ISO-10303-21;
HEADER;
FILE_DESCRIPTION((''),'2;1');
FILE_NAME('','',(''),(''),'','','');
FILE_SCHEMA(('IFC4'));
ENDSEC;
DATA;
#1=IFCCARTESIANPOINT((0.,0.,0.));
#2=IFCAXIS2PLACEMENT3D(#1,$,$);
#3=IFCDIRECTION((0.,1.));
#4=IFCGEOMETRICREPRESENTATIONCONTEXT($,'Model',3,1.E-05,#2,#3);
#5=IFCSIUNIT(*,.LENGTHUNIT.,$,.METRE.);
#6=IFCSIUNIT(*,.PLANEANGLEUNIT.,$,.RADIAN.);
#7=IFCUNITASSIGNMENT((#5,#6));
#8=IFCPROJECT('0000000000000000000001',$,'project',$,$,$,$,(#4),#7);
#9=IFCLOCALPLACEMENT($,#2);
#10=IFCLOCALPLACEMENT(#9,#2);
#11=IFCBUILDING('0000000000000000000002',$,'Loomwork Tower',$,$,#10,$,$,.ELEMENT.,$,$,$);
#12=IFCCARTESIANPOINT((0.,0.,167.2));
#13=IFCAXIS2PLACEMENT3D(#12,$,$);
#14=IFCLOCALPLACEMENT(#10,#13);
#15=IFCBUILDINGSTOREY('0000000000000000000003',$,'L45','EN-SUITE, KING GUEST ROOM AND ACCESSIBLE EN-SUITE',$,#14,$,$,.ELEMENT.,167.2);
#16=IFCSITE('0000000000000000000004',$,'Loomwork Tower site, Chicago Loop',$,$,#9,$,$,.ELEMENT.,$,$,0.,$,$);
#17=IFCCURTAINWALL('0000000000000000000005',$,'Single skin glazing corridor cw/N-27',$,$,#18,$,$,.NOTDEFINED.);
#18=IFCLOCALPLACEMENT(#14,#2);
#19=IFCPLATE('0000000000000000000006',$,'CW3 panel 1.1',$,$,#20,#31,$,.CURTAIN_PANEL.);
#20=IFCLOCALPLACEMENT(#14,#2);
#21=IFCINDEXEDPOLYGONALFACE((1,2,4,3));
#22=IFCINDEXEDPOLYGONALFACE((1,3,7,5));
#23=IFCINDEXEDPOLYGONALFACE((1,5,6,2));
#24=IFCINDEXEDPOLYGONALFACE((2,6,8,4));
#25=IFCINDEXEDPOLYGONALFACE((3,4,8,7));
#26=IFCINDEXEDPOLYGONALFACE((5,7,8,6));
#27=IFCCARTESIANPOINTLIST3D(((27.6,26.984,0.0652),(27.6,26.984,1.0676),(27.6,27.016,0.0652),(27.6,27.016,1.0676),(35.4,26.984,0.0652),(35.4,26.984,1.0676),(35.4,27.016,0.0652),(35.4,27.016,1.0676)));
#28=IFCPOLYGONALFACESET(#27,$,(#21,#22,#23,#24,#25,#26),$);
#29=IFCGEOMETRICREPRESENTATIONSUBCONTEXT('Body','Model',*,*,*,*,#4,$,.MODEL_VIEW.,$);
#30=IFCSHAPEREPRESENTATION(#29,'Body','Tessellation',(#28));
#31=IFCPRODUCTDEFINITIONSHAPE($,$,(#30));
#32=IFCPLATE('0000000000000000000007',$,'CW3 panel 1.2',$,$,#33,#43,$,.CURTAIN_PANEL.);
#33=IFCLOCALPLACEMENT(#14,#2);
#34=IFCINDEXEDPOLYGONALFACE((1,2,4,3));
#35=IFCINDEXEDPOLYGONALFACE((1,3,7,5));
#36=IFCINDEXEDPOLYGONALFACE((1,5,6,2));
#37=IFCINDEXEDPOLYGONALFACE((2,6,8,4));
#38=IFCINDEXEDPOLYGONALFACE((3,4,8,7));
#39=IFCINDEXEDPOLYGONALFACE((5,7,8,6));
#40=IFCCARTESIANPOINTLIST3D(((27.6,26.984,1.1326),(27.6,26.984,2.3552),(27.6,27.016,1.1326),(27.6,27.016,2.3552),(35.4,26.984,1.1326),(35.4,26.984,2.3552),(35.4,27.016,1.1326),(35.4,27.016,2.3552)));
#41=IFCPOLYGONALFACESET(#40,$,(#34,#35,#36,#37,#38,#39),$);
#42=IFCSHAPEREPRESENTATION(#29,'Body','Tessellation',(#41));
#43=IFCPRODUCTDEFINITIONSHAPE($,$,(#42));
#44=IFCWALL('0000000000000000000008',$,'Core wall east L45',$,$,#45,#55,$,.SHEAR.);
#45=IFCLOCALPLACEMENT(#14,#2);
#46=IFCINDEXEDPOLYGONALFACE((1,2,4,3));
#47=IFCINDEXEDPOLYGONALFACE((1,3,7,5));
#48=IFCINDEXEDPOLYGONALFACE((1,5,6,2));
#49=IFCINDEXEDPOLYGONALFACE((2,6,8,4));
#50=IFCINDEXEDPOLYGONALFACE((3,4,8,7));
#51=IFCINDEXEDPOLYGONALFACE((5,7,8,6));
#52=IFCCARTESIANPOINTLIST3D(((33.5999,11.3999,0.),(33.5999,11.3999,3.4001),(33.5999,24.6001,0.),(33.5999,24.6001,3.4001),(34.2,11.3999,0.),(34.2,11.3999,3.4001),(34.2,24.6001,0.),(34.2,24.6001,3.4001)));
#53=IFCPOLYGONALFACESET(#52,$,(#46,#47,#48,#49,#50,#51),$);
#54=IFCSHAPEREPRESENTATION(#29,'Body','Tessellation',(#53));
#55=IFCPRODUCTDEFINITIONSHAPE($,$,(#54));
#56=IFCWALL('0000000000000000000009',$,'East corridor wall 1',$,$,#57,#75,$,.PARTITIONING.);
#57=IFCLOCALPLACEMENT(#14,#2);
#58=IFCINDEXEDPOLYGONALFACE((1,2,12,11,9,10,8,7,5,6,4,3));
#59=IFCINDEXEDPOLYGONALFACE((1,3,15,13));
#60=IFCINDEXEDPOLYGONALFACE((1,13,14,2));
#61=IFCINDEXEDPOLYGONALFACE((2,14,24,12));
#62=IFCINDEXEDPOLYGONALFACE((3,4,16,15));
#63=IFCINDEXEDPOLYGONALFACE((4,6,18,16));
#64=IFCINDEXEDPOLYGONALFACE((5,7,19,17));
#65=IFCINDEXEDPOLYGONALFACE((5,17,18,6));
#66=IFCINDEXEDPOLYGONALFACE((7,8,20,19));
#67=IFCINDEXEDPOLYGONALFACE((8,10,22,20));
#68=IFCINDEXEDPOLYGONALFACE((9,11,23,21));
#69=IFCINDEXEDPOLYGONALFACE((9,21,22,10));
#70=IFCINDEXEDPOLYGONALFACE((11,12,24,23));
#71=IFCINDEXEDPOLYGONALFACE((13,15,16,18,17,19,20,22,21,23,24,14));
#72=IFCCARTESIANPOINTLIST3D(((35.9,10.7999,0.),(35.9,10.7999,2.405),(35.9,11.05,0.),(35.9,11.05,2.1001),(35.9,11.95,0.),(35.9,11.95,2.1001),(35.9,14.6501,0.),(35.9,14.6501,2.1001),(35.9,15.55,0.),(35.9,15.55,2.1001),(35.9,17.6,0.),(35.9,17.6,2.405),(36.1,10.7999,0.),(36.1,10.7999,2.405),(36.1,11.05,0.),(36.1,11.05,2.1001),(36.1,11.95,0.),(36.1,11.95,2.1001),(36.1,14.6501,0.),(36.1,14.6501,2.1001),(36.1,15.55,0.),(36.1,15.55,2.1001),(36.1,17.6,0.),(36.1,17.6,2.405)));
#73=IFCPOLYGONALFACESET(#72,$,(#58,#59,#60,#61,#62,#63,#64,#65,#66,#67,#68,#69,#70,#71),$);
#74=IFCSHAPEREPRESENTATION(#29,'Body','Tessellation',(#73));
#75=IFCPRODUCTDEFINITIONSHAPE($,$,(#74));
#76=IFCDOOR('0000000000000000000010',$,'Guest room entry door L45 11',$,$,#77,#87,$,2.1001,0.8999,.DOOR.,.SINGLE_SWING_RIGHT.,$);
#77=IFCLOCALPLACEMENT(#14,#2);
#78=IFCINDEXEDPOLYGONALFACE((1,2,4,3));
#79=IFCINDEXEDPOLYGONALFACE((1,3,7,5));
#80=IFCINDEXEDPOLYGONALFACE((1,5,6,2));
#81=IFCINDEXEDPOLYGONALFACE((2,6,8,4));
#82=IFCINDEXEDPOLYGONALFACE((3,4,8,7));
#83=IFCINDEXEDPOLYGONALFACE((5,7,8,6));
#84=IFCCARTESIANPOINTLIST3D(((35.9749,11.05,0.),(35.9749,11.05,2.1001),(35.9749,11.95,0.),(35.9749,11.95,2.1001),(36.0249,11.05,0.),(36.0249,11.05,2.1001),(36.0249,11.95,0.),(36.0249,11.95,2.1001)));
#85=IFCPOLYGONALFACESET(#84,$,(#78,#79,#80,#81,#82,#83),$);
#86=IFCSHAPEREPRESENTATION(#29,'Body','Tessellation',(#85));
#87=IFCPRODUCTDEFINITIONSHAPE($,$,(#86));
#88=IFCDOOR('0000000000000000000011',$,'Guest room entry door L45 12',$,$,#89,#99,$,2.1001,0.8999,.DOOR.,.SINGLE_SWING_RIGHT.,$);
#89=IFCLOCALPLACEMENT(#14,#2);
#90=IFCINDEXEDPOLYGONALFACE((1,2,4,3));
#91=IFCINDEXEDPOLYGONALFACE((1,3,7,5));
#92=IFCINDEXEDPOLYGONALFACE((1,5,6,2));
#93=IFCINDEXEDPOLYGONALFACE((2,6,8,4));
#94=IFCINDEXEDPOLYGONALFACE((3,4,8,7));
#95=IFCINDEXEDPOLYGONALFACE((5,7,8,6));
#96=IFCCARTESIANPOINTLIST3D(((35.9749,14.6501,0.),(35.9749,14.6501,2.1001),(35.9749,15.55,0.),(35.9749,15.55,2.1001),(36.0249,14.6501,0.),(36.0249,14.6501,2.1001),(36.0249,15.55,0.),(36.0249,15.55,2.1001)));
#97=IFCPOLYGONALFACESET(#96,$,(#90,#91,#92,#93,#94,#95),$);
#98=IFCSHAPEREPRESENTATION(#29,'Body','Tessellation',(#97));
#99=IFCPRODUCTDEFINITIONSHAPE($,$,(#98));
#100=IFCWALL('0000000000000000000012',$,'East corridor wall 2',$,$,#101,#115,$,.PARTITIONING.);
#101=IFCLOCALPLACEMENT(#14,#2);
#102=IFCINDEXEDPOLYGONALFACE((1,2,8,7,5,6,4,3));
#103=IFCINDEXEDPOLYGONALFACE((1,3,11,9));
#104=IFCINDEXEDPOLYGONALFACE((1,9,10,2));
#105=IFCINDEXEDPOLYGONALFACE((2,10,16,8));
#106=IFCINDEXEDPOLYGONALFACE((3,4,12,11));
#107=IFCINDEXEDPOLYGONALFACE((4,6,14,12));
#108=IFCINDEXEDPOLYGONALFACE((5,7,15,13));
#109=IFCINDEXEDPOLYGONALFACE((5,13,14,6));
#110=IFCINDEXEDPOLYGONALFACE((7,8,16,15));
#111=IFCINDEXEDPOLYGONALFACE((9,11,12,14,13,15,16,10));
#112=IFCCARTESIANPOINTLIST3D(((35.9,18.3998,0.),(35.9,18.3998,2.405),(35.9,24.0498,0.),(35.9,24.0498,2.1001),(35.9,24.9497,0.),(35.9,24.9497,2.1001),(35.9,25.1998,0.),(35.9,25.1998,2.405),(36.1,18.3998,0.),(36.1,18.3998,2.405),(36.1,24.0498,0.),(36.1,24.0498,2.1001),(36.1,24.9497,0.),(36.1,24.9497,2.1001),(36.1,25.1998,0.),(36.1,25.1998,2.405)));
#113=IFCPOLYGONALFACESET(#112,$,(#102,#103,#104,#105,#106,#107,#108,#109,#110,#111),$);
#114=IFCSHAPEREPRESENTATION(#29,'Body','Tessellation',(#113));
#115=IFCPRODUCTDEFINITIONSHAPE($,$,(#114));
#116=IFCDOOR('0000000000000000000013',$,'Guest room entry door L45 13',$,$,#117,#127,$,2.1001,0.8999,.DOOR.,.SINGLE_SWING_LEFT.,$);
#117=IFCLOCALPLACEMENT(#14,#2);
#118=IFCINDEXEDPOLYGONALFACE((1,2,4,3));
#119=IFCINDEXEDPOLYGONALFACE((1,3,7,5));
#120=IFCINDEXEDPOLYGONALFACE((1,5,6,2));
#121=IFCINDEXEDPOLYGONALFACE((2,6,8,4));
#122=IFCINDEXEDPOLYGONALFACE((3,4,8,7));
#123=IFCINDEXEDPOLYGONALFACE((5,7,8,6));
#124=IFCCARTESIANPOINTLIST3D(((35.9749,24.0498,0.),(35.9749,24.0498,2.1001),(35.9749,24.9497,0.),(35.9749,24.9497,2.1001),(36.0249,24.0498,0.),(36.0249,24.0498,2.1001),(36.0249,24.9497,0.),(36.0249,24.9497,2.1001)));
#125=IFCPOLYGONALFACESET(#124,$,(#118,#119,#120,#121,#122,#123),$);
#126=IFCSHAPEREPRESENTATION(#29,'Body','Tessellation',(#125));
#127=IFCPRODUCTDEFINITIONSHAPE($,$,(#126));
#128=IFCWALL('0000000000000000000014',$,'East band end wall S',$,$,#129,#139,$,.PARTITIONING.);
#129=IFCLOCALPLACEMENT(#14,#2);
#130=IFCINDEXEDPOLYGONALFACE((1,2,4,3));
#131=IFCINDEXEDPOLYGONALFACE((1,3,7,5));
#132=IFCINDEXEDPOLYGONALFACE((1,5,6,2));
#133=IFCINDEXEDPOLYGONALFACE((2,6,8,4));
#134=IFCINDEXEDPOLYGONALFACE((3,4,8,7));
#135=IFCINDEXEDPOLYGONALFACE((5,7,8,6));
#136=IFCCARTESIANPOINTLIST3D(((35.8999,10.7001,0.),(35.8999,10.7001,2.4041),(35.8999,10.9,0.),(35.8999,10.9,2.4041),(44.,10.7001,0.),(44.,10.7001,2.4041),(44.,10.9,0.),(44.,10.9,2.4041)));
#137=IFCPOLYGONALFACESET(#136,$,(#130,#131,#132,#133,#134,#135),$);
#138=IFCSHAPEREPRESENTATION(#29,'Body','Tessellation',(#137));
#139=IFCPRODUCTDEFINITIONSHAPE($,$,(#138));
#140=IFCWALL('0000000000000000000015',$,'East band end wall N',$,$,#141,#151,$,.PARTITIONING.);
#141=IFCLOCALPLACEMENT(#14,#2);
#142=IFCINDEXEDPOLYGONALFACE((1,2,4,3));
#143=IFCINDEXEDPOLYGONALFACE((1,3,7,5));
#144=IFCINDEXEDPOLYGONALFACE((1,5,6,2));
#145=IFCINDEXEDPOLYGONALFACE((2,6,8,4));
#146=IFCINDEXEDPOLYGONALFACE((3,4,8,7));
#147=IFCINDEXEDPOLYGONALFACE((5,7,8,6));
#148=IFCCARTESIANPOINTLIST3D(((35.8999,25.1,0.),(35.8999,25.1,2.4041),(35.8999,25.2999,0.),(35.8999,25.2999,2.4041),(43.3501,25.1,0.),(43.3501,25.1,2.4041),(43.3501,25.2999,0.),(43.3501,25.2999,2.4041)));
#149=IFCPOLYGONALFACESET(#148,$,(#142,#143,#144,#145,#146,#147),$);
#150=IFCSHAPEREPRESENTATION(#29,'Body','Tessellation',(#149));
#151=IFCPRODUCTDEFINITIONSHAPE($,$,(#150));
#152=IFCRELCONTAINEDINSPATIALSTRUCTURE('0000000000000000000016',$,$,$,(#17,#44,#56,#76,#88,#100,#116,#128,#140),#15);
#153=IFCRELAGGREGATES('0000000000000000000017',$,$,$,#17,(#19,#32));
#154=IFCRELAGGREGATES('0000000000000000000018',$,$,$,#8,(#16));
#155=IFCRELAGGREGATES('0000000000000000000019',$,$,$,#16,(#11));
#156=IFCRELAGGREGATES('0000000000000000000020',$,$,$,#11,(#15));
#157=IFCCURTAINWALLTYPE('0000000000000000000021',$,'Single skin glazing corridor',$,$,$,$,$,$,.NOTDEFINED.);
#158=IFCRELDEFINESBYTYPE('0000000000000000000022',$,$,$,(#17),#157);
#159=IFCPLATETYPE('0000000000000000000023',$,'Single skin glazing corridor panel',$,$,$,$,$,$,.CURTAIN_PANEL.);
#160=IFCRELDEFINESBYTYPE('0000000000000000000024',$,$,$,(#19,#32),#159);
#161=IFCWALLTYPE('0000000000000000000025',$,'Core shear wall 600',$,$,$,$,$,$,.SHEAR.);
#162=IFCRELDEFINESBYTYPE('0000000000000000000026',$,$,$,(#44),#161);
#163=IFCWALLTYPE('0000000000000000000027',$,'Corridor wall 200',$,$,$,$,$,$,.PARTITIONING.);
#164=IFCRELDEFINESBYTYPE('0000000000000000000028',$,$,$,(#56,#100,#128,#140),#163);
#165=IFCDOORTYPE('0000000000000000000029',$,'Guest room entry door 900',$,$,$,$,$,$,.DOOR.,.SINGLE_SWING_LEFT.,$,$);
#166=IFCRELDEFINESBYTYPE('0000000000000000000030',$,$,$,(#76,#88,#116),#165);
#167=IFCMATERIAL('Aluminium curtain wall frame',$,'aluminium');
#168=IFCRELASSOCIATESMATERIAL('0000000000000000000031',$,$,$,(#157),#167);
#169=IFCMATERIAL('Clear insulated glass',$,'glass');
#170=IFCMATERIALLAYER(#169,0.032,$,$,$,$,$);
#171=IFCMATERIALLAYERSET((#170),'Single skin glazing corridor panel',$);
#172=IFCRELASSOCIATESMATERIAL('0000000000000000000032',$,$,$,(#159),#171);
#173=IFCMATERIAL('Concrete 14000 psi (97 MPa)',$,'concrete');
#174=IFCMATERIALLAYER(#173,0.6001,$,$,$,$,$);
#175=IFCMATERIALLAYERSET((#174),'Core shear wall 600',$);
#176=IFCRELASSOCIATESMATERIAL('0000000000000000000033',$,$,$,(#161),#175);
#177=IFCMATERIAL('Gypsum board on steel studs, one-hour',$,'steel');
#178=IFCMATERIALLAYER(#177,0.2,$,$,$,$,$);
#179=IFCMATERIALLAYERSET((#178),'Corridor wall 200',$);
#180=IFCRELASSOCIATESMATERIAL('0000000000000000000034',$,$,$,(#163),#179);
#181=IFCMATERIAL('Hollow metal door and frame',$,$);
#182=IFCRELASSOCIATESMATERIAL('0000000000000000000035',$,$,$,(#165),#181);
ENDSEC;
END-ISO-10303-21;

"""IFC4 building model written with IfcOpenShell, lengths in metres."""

from ifc_helpers import new_model, si_unit, direction, frame, frame_2d, origin, origin_2d, place, context, subcontext, project, spatial, rectangle, extrude, material, layer, layer_set, type_object, element, fill, aggregate, save


model = new_model("IFC4")

# Units and contexts
model_context = context("Model", 3, precision=1e-05, world=origin(), true_north=direction((0.0, 1.0)))
body_context = subcontext(model_context, "Body", "Model", "MODEL_VIEW")
ifc_project = project(units=[si_unit("LENGTHUNIT", "METRE"), si_unit("PLANEANGLEUNIT", "RADIAN")], contexts=[model_context])

# Site, building, storey
site_placement = place(None, origin())
site = spatial("IfcSite", under=ifc_project, at=site_placement, Name="Loomwork Tower site, Chicago Loop", CompositionType="ELEMENT", RefElevation=0.0)
building_placement = place(site_placement, origin())
building = spatial("IfcBuilding", under=site, at=building_placement, Name="Loomwork Tower", CompositionType="ELEMENT")
storey_placement = place(building_placement, frame((0.0, 0.0, 167.2)))
storey = spatial("IfcBuildingStorey", under=building, at=storey_placement, Name="L45", Description="EN-SUITE, KING GUEST ROOM AND ACCESSIBLE EN-SUITE", CompositionType="ELEMENT", Elevation=167.2)

# Curtain wall, plates
ifc_material_1 = material(Name="Aluminium curtain wall frame", Category="aluminium")
curtain_wall_type = type_object("IfcCurtainWallType", Name="Single skin glazing corridor", PredefinedType="NOTDEFINED", material=ifc_material_1)
curtain_wall_placement = place(storey_placement, origin())
curtain_wall = element("IfcCurtainWall", 1, at=curtain_wall_placement, inside=storey, type_object=curtain_wall_type, Name="Single skin glazing corridor cw/N-27", PredefinedType="NOTDEFINED")
ifc_material_2 = material(Name="Clear insulated glass", Category="glass")
ifc_layer_1 = layer(ifc_material_2, 0.032)
ifc_layer_set_1 = layer_set([ifc_layer_1], Name="Single skin glazing corridor panel")
plate_type = type_object("IfcPlateType", Name="Single skin glazing corridor panel", PredefinedType="CURTAIN_PANEL", material=ifc_layer_set_1)
plate_1_placement = place(storey_placement, frame((31.5, 27.0, 0.0652), z_axis=(0.0, 0.0, 1.0), x_axis=(-1.0, 0.0, 0.0)))
plate_1 = element("IfcPlate", 2, at=plate_1_placement, type_object=plate_type, Name="CW3 panel 1.1", PredefinedType="CURTAIN_PANEL", context=body_context, shape_type="SweptSolid", body=[
    extrude(rectangle(XDim=7.8, YDim=0.032, at=origin_2d()), origin(), (0.0, 0.0, 1.0), 1.0024),
])
plate_2_placement = place(storey_placement, frame((31.5, 27.0, 1.1326), z_axis=(0.0, 0.0, 1.0), x_axis=(-1.0, 0.0, 0.0)))
plate_2 = element("IfcPlate", 3, at=plate_2_placement, type_object=plate_type, Name="CW3 panel 1.2", PredefinedType="CURTAIN_PANEL", context=body_context, shape_type="SweptSolid", body=[
    extrude(rectangle(XDim=7.8, YDim=0.032, at=origin_2d()), origin(), (0.0, 0.0, 1.0), 1.2227),
])
aggregate(curtain_wall, [plate_1, plate_2])

# Wall
ifc_material_3 = material(Name="Concrete 14000 psi (97 MPa)", Category="concrete")
ifc_layer_2 = layer(ifc_material_3, 0.6001)
ifc_layer_set_2 = layer_set([ifc_layer_2], Name="Core shear wall 600")
wall_type_1 = type_object("IfcWallType", Name="Core shear wall 600", PredefinedType="SHEAR", material=ifc_layer_set_2)
wall_1_placement = place(storey_placement, frame((33.8999, 11.3999, 0.0), z_axis=(0.0, 0.0, 1.0), x_axis=(0.0, 1.0, 0.0)))
element("IfcWall", 4, at=wall_1_placement, inside=storey, type_object=wall_type_1, Name="Core wall east L45", PredefinedType="SHEAR", context=body_context, shape_type="SweptSolid", body=[
    extrude(rectangle(XDim=13.2002, YDim=0.6001, at=frame_2d((6.6001, 0.0))), origin(), (0.0, 0.0, 1.0), 3.4001),
])

# Wall, openings, doors
ifc_material_4 = material(Name="Gypsum board on steel studs, one-hour", Category="steel")
ifc_layer_3 = layer(ifc_material_4, 0.2)
ifc_layer_set_3 = layer_set([ifc_layer_3], Name="Corridor wall 200")
wall_type_2 = type_object("IfcWallType", Name="Corridor wall 200", PredefinedType="PARTITIONING", material=ifc_layer_set_3)
wall_2_placement = place(storey_placement, frame((36.0, 10.8, 0.0), z_axis=(0.0, 0.0, 1.0), x_axis=(0.0, 1.0, 0.0)))
wall_2 = element("IfcWall", 5, at=wall_2_placement, inside=storey, type_object=wall_type_2, Name="East corridor wall 1", PredefinedType="PARTITIONING", context=body_context, shape_type="SweptSolid", body=[
    extrude(rectangle(XDim=6.8, YDim=0.2, at=frame_2d((3.3999, 0.0))), origin(), (0.0, 0.0, 1.0), 2.405),
])
opening_1_placement = place(wall_2_placement, frame((0.25, 0.0, 0.0)))
opening_1 = element("IfcOpeningElement", 6, at=opening_1_placement, cuts=wall_2, PredefinedType="OPENING", context=body_context, shape_type="SweptSolid", body=[
    extrude(rectangle(XDim=0.8999, YDim=2.1001, at=frame_2d((0.45, 1.05))), frame((0.0, 0.1099, 0.0), z_axis=(0.0, -1.0, 0.0), x_axis=(1.0, 0.0, 0.0)), (0.0, 0.0, 1.0), 0.22),
])
opening_2_placement = place(wall_2_placement, frame((3.8501, 0.0, 0.0)))
opening_2 = element("IfcOpeningElement", 7, at=opening_2_placement, cuts=wall_2, PredefinedType="OPENING", context=body_context, shape_type="SweptSolid", body=[
    extrude(rectangle(XDim=0.8999, YDim=2.1001, at=frame_2d((0.45, 1.05))), frame((0.0, 0.1099, 0.0), z_axis=(0.0, -1.0, 0.0), x_axis=(1.0, 0.0, 0.0)), (0.0, 0.0, 1.0), 0.22),
])
ifc_material_5 = material(Name="Hollow metal door and frame")
door_type_1 = type_object("IfcDoorType", Name="Guest room entry door 900", OperationType="SINGLE_SWING_LEFT", PredefinedType="DOOR", material=ifc_material_5)
door_1_placement = place(opening_1_placement, frame((0.8999, 0.0, 0.0), z_axis=(0.0, 0.0, 1.0), x_axis=(-1.0, 0.0, 0.0)))
door_1 = element("IfcDoor", 8, at=door_1_placement, inside=storey, type_object=door_type_1, Name="Guest room entry door L45 11", OperationType="SINGLE_SWING_RIGHT", OverallHeight=2.1001, OverallWidth=0.8999, PredefinedType="DOOR", context=body_context, shape_type="SweptSolid", body=[
    extrude(rectangle(XDim=0.8999, YDim=2.1001, at=frame_2d((0.45, 1.05))), frame((0.0, 0.0249, 0.0), z_axis=(0.0, -1.0, 0.0), x_axis=(1.0, 0.0, 0.0)), (0.0, 0.0, 1.0), 0.05),
])
fill(opening_1, door_1)
door_2_placement = place(opening_2_placement, frame((0.8999, 0.0, 0.0), z_axis=(0.0, 0.0, 1.0), x_axis=(-1.0, 0.0, 0.0)))
door_2 = element("IfcDoor", 9, at=door_2_placement, inside=storey, type_object=door_type_1, Name="Guest room entry door L45 12", OperationType="SINGLE_SWING_RIGHT", OverallHeight=2.1001, OverallWidth=0.8999, PredefinedType="DOOR", context=body_context, shape_type="SweptSolid", body=[
    extrude(rectangle(XDim=0.8999, YDim=2.1001, at=frame_2d((0.45, 1.05))), frame((0.0, 0.0249, 0.0), z_axis=(0.0, -1.0, 0.0), x_axis=(1.0, 0.0, 0.0)), (0.0, 0.0, 1.0), 0.05),
])
fill(opening_2, door_2)

# Wall, opening, door
wall_3_placement = place(storey_placement, frame((36.0, 18.3999, 0.0), z_axis=(0.0, 0.0, 1.0), x_axis=(0.0, 1.0, 0.0)))
wall_3 = element("IfcWall", 10, at=wall_3_placement, inside=storey, type_object=wall_type_2, Name="East corridor wall 2", PredefinedType="PARTITIONING", context=body_context, shape_type="SweptSolid", body=[
    extrude(rectangle(XDim=6.8, YDim=0.2, at=frame_2d((3.3999, 0.0))), origin(), (0.0, 0.0, 1.0), 2.405),
])
opening_3_placement = place(wall_3_placement, frame((5.6499, 0.0, 0.0)))
opening_3 = element("IfcOpeningElement", 11, at=opening_3_placement, cuts=wall_3, PredefinedType="OPENING", context=body_context, shape_type="SweptSolid", body=[
    extrude(rectangle(XDim=0.8999, YDim=2.1001, at=frame_2d((0.45, 1.05))), frame((0.0, 0.1099, 0.0), z_axis=(0.0, -1.0, 0.0), x_axis=(1.0, 0.0, 0.0)), (0.0, 0.0, 1.0), 0.22),
])
door_3_placement = place(opening_3_placement, frame((0.8999, 0.0, 0.0), z_axis=(0.0, 0.0, 1.0), x_axis=(-1.0, 0.0, 0.0)))
door_3 = element("IfcDoor", 12, at=door_3_placement, inside=storey, type_object=door_type_1, Name="Guest room entry door L45 13", OperationType="SINGLE_SWING_LEFT", OverallHeight=2.1001, OverallWidth=0.8999, PredefinedType="DOOR", context=body_context, shape_type="SweptSolid", body=[
    extrude(rectangle(XDim=0.8999, YDim=2.1001, at=frame_2d((0.45, 1.05))), frame((0.0, 0.0249, 0.0), z_axis=(0.0, -1.0, 0.0), x_axis=(1.0, 0.0, 0.0)), (0.0, 0.0, 1.0), 0.05),
])
fill(opening_3, door_3)

# Walls
wall_4_placement = place(storey_placement, frame((35.8999, 10.8, 0.0), z_axis=(0.0, 0.0, 1.0), x_axis=(1.0, 0.0, 0.0)))
element("IfcWall", 13, at=wall_4_placement, inside=storey, type_object=wall_type_2, Name="East band end wall S", PredefinedType="PARTITIONING", context=body_context, shape_type="SweptSolid", body=[
    extrude(rectangle(XDim=8.1001, YDim=0.2, at=frame_2d((4.05, 0.0))), origin(), (0.0, 0.0, 1.0), 2.4041),
])
wall_5_placement = place(storey_placement, frame((35.8999, 25.2, 0.0), z_axis=(0.0, 0.0, 1.0), x_axis=(1.0, 0.0, 0.0)))
element("IfcWall", 14, at=wall_5_placement, inside=storey, type_object=wall_type_2, Name="East band end wall N", PredefinedType="PARTITIONING", context=body_context, shape_type="SweptSolid", body=[
    extrude(rectangle(XDim=7.4502, YDim=0.2, at=frame_2d((3.7251, 0.0))), origin(), (0.0, 0.0, 1.0), 2.4041),
])

save(model, "model.ifc")
